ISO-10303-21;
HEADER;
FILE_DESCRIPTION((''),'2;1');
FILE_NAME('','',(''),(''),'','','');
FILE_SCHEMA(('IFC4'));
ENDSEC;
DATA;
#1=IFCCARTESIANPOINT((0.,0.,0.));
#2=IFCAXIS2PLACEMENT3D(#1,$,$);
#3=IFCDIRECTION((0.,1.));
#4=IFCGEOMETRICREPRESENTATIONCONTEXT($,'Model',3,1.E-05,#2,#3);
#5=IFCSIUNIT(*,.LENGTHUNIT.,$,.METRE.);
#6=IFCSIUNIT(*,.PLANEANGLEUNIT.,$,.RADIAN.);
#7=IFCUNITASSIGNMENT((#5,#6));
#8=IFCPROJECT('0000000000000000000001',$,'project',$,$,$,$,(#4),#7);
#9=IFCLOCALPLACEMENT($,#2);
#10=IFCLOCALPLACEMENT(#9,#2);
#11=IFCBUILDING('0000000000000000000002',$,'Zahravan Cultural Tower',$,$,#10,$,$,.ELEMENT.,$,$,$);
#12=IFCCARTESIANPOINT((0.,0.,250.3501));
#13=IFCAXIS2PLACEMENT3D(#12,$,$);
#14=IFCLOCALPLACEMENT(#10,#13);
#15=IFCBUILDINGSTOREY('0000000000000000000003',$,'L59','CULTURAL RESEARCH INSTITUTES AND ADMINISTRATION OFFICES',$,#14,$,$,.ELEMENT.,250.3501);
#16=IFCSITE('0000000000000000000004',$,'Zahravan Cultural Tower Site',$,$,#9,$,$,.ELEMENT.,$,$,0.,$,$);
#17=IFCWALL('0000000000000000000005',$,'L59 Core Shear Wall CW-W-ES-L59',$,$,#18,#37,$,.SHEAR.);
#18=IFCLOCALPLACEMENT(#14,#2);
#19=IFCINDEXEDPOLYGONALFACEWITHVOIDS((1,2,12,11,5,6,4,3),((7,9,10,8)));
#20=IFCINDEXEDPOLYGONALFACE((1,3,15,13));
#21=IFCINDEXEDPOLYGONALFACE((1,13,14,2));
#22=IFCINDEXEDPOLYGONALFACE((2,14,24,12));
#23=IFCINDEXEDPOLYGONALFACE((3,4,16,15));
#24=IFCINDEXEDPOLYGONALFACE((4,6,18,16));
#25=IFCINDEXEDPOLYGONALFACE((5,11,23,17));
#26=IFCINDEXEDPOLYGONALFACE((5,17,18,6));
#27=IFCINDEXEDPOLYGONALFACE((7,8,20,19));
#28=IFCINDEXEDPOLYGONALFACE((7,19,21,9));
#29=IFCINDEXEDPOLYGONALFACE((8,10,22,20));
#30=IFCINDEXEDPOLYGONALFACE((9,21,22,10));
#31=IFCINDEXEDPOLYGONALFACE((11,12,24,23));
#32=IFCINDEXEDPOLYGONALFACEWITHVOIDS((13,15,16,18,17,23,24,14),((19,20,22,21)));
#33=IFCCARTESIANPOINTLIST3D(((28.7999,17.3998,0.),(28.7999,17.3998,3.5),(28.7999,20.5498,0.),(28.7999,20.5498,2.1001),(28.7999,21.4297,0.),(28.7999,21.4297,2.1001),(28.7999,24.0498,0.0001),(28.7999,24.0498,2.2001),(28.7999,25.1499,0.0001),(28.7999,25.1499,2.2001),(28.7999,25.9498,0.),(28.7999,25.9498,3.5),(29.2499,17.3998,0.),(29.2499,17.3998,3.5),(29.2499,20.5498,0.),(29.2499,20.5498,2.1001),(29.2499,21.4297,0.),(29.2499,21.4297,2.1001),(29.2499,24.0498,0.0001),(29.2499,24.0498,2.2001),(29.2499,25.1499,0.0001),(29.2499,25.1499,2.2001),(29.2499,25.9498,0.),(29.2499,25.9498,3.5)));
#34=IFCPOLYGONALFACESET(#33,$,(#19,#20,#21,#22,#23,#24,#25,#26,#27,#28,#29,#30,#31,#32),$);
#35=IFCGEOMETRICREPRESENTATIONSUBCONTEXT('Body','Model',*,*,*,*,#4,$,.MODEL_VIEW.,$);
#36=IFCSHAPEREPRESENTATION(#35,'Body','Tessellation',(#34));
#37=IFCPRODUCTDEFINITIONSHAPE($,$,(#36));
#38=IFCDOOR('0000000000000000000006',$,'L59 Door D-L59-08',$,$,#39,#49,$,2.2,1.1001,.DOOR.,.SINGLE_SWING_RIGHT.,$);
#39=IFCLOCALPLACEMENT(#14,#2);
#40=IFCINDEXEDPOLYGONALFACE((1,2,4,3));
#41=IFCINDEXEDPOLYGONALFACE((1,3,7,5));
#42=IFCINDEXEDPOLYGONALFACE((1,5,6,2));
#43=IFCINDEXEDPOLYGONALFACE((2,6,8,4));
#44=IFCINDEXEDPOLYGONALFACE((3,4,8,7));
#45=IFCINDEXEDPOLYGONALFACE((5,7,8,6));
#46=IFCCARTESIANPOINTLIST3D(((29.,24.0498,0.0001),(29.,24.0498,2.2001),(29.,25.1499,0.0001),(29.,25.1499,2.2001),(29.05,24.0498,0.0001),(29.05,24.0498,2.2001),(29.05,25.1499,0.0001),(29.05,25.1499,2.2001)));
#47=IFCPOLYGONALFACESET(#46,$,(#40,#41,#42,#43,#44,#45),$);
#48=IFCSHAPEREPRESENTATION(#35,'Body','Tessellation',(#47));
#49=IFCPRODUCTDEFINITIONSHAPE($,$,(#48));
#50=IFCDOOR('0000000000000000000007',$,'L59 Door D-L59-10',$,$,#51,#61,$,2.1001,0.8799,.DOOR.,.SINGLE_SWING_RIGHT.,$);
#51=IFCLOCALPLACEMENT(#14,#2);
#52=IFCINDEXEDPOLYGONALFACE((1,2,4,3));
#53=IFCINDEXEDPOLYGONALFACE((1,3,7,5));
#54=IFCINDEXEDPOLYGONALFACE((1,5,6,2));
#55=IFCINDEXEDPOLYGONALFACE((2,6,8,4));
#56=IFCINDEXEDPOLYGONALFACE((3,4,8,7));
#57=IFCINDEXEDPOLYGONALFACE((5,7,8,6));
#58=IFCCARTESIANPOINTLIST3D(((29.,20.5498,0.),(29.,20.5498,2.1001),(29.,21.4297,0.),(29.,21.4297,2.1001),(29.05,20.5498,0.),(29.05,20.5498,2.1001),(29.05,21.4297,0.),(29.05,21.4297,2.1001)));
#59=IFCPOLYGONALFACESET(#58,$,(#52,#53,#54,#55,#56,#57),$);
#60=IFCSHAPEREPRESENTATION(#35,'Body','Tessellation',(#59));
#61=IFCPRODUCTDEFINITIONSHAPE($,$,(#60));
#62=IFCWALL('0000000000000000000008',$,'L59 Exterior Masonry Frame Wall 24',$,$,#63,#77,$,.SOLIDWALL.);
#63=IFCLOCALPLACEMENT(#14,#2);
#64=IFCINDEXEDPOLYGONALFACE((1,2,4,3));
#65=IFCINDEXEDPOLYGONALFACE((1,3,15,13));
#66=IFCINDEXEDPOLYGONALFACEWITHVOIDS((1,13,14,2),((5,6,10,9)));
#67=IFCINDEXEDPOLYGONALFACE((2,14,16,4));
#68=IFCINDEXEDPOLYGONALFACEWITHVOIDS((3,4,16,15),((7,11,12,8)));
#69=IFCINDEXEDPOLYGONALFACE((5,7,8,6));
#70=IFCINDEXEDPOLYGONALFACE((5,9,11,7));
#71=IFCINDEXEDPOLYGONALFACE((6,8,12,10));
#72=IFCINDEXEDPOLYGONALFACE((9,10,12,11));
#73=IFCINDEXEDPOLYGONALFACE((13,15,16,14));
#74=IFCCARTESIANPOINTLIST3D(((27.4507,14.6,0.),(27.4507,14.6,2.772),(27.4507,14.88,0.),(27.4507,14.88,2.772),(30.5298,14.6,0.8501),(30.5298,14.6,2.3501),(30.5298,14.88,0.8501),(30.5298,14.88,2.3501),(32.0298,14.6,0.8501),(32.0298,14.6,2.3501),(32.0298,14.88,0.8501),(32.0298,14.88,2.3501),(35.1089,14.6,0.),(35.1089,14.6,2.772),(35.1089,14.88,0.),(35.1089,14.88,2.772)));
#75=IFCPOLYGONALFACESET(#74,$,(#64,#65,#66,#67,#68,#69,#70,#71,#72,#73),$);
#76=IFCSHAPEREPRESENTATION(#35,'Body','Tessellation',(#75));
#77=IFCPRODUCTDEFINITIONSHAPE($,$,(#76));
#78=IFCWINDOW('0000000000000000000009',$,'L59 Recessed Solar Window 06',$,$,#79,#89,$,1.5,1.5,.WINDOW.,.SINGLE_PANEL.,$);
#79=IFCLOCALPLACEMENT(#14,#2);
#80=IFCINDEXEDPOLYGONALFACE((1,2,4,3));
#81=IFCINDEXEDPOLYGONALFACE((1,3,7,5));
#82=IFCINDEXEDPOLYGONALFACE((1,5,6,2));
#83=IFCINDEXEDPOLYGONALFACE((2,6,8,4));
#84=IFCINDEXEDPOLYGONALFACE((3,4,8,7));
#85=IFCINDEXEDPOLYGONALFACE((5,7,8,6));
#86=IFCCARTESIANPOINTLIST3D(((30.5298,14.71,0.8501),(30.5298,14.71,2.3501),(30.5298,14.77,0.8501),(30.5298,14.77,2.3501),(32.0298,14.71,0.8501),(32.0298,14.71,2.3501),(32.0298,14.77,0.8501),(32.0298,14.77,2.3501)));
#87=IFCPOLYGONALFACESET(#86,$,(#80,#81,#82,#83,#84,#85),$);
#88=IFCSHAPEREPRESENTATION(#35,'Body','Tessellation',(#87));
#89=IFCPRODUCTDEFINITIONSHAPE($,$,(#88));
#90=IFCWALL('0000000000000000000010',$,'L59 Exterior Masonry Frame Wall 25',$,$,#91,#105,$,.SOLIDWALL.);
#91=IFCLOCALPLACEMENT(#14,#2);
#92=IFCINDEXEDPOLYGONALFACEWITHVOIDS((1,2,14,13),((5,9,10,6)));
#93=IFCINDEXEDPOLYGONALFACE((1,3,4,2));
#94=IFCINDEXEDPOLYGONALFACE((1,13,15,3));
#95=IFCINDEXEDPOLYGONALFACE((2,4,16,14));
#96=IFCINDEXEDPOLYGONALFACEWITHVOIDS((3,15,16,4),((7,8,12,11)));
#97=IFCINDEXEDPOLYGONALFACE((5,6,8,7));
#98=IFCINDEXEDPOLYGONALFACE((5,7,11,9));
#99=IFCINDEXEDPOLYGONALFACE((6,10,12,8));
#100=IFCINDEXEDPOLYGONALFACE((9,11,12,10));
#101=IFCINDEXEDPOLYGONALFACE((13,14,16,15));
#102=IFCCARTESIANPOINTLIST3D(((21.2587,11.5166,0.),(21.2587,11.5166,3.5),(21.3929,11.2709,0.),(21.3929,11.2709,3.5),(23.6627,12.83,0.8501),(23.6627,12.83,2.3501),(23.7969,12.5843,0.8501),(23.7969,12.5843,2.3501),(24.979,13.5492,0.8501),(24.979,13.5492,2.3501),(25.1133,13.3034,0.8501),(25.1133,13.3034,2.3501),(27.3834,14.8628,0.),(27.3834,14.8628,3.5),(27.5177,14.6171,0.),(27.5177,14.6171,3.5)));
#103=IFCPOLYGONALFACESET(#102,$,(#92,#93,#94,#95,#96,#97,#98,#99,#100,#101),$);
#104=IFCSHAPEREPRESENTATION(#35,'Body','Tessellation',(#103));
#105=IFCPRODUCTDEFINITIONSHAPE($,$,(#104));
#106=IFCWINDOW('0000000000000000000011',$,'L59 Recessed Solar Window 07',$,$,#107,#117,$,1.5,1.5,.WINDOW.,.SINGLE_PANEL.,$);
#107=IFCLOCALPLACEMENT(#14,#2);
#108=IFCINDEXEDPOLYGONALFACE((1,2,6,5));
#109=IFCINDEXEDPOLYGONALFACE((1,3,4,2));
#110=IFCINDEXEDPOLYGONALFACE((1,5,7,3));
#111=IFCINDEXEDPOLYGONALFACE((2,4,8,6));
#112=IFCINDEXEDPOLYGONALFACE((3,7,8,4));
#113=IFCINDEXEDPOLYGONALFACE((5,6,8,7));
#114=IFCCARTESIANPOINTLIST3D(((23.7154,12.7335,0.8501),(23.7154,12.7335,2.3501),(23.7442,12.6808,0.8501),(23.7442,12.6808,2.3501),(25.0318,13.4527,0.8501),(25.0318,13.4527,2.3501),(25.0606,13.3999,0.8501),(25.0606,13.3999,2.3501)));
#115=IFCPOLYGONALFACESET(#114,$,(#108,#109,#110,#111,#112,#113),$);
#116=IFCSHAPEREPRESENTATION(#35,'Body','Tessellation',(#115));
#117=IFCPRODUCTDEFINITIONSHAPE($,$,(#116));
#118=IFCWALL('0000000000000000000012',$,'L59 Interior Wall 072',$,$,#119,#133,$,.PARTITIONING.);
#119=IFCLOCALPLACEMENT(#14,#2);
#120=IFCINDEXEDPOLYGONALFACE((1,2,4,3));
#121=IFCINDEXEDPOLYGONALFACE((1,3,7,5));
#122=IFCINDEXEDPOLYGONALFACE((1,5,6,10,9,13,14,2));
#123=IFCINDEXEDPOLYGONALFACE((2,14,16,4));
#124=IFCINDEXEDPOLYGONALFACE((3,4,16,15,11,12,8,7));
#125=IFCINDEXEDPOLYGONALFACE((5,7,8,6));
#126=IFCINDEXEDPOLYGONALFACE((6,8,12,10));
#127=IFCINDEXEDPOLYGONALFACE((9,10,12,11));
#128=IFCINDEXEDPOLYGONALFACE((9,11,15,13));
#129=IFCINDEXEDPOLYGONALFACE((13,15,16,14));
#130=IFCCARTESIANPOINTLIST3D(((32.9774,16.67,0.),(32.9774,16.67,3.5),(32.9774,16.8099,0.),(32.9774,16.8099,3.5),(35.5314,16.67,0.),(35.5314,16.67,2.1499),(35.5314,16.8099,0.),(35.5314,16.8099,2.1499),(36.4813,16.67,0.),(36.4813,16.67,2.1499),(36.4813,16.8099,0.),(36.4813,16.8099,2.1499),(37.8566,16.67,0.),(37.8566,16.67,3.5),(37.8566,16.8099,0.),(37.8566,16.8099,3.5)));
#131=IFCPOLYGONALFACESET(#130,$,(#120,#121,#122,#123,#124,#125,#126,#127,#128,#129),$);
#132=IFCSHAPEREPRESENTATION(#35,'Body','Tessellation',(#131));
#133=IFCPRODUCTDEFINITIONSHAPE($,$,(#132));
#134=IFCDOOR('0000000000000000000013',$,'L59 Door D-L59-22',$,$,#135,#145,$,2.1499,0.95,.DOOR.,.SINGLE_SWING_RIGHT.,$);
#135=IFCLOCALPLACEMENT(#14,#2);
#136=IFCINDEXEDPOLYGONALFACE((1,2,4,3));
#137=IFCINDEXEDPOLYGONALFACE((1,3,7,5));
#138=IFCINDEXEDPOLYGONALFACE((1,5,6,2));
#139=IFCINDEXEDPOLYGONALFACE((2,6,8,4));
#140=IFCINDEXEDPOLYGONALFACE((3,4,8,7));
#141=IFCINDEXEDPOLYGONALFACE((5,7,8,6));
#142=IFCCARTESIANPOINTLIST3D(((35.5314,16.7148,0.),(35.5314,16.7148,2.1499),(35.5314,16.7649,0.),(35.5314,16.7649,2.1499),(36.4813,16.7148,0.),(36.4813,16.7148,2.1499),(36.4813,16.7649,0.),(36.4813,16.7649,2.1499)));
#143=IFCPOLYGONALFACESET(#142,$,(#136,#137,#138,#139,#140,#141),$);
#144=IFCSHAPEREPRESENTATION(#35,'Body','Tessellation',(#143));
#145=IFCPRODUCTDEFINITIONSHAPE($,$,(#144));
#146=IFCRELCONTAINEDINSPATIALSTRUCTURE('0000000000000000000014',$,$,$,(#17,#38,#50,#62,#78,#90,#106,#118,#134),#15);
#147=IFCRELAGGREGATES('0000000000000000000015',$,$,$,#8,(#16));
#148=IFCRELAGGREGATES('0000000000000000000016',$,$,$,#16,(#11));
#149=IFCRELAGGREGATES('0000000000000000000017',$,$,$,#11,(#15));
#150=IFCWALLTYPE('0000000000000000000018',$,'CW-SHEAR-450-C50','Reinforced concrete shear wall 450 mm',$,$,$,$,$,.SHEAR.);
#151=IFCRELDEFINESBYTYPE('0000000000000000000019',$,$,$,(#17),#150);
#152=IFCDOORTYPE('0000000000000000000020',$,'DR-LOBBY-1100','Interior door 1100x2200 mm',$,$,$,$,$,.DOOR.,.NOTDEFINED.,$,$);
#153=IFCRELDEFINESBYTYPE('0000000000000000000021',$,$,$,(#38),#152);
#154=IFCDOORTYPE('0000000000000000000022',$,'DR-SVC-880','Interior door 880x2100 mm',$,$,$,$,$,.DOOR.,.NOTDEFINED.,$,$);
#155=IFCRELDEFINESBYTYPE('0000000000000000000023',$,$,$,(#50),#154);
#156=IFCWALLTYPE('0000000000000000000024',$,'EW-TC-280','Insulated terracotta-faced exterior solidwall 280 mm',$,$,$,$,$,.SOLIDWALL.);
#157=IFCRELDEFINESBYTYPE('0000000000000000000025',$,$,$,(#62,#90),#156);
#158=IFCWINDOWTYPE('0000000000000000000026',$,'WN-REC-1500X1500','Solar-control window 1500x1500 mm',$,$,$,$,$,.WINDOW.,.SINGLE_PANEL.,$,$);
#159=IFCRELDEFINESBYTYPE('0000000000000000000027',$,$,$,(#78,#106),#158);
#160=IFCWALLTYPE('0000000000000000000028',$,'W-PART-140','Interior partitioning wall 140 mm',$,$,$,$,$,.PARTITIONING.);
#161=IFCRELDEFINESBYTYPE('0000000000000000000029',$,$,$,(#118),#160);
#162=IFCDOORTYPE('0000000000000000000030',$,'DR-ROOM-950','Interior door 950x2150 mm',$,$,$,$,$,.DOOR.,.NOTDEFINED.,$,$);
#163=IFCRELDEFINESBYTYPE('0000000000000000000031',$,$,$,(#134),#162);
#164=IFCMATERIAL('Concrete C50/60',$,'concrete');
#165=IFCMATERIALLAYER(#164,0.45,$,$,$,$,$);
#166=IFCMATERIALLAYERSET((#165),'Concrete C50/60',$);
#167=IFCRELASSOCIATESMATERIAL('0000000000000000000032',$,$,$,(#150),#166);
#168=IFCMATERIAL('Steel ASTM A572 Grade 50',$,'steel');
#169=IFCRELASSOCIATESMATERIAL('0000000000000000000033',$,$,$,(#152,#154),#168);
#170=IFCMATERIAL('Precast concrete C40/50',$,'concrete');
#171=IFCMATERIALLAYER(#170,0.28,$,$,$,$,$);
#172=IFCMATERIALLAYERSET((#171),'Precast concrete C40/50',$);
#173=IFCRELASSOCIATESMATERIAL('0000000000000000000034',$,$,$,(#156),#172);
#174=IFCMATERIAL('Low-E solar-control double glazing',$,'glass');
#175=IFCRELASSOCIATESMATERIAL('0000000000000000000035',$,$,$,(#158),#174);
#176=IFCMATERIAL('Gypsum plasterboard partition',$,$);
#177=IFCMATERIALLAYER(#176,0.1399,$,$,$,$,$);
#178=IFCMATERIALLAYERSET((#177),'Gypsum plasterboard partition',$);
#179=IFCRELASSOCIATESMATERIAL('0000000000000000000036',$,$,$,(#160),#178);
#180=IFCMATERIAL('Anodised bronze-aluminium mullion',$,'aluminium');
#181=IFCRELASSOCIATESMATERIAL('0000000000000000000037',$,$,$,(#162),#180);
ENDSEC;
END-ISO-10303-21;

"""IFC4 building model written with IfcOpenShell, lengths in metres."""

from ifc_helpers import new_model, si_unit, direction, frame, frame_2d, origin, place, context, subcontext, project, spatial, rectangle, extrude, source, transform, mapped, material, layer, layer_set, type_object, element, fill, save


model = new_model("IFC4")

# Units and contexts
model_context = context("Model", 3, precision=1e-05, world=origin(), true_north=direction((0.0, 1.0)))
body_context = subcontext(model_context, "Body", "Model", "MODEL_VIEW")
ifc_project = project(units=[si_unit("LENGTHUNIT", "METRE"), si_unit("PLANEANGLEUNIT", "RADIAN")], contexts=[model_context])

# Site, building, storey
site_placement = place(None, origin())
site = spatial("IfcSite", under=ifc_project, at=site_placement, Name="Zahravan Cultural Tower Site", CompositionType="ELEMENT", RefElevation=0.0)
building_placement = place(site_placement, origin())
building = spatial("IfcBuilding", under=site, at=building_placement, Name="Zahravan Cultural Tower", CompositionType="ELEMENT")
storey_placement = place(building_placement, frame((0.0, 0.0, 250.3501)))
storey = spatial("IfcBuildingStorey", under=building, at=storey_placement, Name="L59", Description="CULTURAL RESEARCH INSTITUTES AND ADMINISTRATION OFFICES", CompositionType="ELEMENT", Elevation=250.3501)

# Shared definitions
ifc_material_1 = material(Name="Concrete C50/60", Category="concrete")

# Wall, openings, doors
ifc_layer_1 = layer(ifc_material_1, 0.45)
ifc_layer_set_1 = layer_set([ifc_layer_1], Name="Concrete C50/60")
wall_type_1 = type_object("IfcWallType", Name="CW-SHEAR-450-C50", Description="Reinforced concrete shear wall 450 mm", PredefinedType="SHEAR", material=ifc_layer_set_1)
wall_1_placement = place(storey_placement, frame((29.0249, 17.3999, 0.0), z_axis=(0.0, 0.0, 1.0), x_axis=(0.0, 1.0, 0.0)))
wall_1 = element("IfcWall", 1, at=wall_1_placement, inside=storey, type_object=wall_type_1, Name="L59 Core Shear Wall CW-W-ES-L59", PredefinedType="SHEAR", context=body_context, shape_type="SweptSolid", body=[
    extrude(rectangle(XDim=8.55, YDim=0.45, at=frame_2d((4.2749, 0.0))), origin(), (0.0, 0.0, 1.0), 3.5),
])
opening_1_placement = place(wall_1_placement, frame((6.6499, 0.0, 0.0)))
opening_1 = element("IfcOpeningElement", 2, at=opening_1_placement, cuts=wall_1, PredefinedType="OPENING", context=body_context, shape_type="SweptSolid", body=[
    extrude(rectangle(XDim=1.1001, YDim=2.2, at=frame_2d((0.55, 1.1001))), frame((0.0, 0.2349, 0.0), z_axis=(0.0, -1.0, 0.0), x_axis=(1.0, 0.0, 0.0)), (0.0, 0.0, 1.0), 0.47),
])
opening_2_placement = place(wall_1_placement, frame((3.1499, 0.0, 0.0)))
opening_2 = element("IfcOpeningElement", 3, at=opening_2_placement, cuts=wall_1, PredefinedType="OPENING", context=body_context, shape_type="SweptSolid", body=[
    extrude(rectangle(XDim=0.8799, YDim=2.1001, at=frame_2d((0.4399, 1.05))), frame((0.0, 0.2349, 0.0), z_axis=(0.0, -1.0, 0.0), x_axis=(1.0, 0.0, 0.0)), (0.0, 0.0, 1.0), 0.47),
])
ifc_material_2 = material(Name="Steel ASTM A572 Grade 50", Category="steel")
door_type_1 = type_object("IfcDoorType", Name="DR-LOBBY-1100", Description="Interior door 1100x2200 mm", OperationType="NOTDEFINED", PredefinedType="DOOR", material=ifc_material_2)
shared_shape_1 = source(origin(), body_context, "Body", "SweptSolid", [
    extrude(rectangle(XDim=1.1001, YDim=2.2, at=frame_2d((0.55, 1.1001))), frame((0.0, 0.0249, 0.0), z_axis=(0.0, -1.0, 0.0), x_axis=(1.0, 0.0, 0.0)), (0.0, 0.0, 1.0), 0.05),
])
door_1_placement = place(opening_1_placement, origin())
door_1 = element("IfcDoor", 4, at=door_1_placement, inside=storey, type_object=door_type_1, Name="L59 Door D-L59-08", OperationType="SINGLE_SWING_RIGHT", OverallHeight=2.2, OverallWidth=1.1001, PredefinedType="DOOR", context=body_context, shape_type="MappedRepresentation", body=[
    mapped(shared_shape_1, transform((0.0, 0.0, 0.0), x_axis=(1.0, 0.0, 0.0), y_axis=(0.0, 1.0, 0.0), z_axis=(0.0, 0.0, 1.0), scale=1.0)),
])
fill(opening_1, door_1)
door_type_2 = type_object("IfcDoorType", Name="DR-SVC-880", Description="Interior door 880x2100 mm", OperationType="NOTDEFINED", PredefinedType="DOOR", material=ifc_material_2)
shared_shape_2 = source(origin(), body_context, "Body", "SweptSolid", [
    extrude(rectangle(XDim=0.8799, YDim=2.1001, at=frame_2d((0.4399, 1.05))), frame((0.0, 0.0249, 0.0), z_axis=(0.0, -1.0, 0.0), x_axis=(1.0, 0.0, 0.0)), (0.0, 0.0, 1.0), 0.05),
])
door_2_placement = place(opening_2_placement, origin())
door_2 = element("IfcDoor", 5, at=door_2_placement, inside=storey, type_object=door_type_2, Name="L59 Door D-L59-10", OperationType="SINGLE_SWING_RIGHT", OverallHeight=2.1001, OverallWidth=0.8799, PredefinedType="DOOR", context=body_context, shape_type="MappedRepresentation", body=[
    mapped(shared_shape_2, transform((0.0, 0.0, 0.0), x_axis=(1.0, 0.0, 0.0), y_axis=(0.0, 1.0, 0.0), z_axis=(0.0, 0.0, 1.0), scale=1.0)),
])
fill(opening_2, door_2)

# Walls, openings, windows
ifc_material_3 = material(Name="Precast concrete C40/50", Category="concrete")
ifc_layer_2 = layer(ifc_material_3, 0.28)
ifc_layer_set_2 = layer_set([ifc_layer_2], Name="Precast concrete C40/50")
wall_type_2 = type_object("IfcWallType", Name="EW-TC-280", Description="Insulated terracotta-faced exterior solidwall 280 mm", PredefinedType="SOLIDWALL", material=ifc_layer_set_2)
wall_2_placement = place(storey_placement, frame((35.1089, 14.74, 0.0), z_axis=(0.0, 0.0, 1.0), x_axis=(-1.0, 0.0, 0.0)))
wall_2 = element("IfcWall", 6, at=wall_2_placement, inside=storey, type_object=wall_type_2, Name="L59 Exterior Masonry Frame Wall 24", PredefinedType="SOLIDWALL", context=body_context, shape_type="SweptSolid", body=[
    extrude(rectangle(XDim=7.6582, YDim=0.28, at=frame_2d((3.8291, 0.0))), origin(), (0.0, 0.0, 1.0), 2.772),
])
opening_3_placement = place(wall_2_placement, frame((3.0791, 0.0, 0.8501)))
opening_3 = element("IfcOpeningElement", 7, at=opening_3_placement, cuts=wall_2, PredefinedType="OPENING", context=body_context, shape_type="SweptSolid", body=[
    extrude(rectangle(XDim=1.5, YDim=1.5, at=frame_2d((0.75, 0.75))), frame((0.0, 0.1499, 0.0), z_axis=(0.0, -1.0, 0.0), x_axis=(1.0, 0.0, 0.0)), (0.0, 0.0, 1.0), 0.3),
])
ifc_material_4 = material(Name="Low-E solar-control double glazing", Category="glass")
window_type = type_object("IfcWindowType", Name="WN-REC-1500X1500", Description="Solar-control window 1500x1500 mm", PartitioningType="SINGLE_PANEL", PredefinedType="WINDOW", material=ifc_material_4)
shared_shape_3 = source(origin(), body_context, "Body", "SweptSolid", [
    extrude(rectangle(XDim=1.5, YDim=1.5, at=frame_2d((0.75, 0.75))), frame((0.0, 0.03, 0.0), z_axis=(0.0, -1.0, 0.0), x_axis=(1.0, 0.0, 0.0)), (0.0, 0.0, 1.0), 0.0601),
])
window_1_placement = place(opening_3_placement, origin())
window_1 = element("IfcWindow", 8, at=window_1_placement, inside=storey, type_object=window_type, Name="L59 Recessed Solar Window 06", OverallHeight=1.5, OverallWidth=1.5, PartitioningType="SINGLE_PANEL", PredefinedType="WINDOW", context=body_context, shape_type="MappedRepresentation", body=[
    mapped(shared_shape_3, transform((0.0, 0.0, 0.0), x_axis=(1.0, 0.0, 0.0), y_axis=(0.0, 1.0, 0.0), z_axis=(0.0, 0.0, 1.0), scale=1.0)),
])
fill(opening_3, window_1)
wall_3_placement = place(storey_placement, frame((27.4507, 14.74, 0.0), z_axis=(0.0, 0.0, 1.0), x_axis=(-0.877569, -0.47945, 0.0)))
wall_3 = element("IfcWall", 9, at=wall_3_placement, inside=storey, type_object=wall_type_2, Name="L59 Exterior Masonry Frame Wall 25", PredefinedType="SOLIDWALL", context=body_context, shape_type="SweptSolid", body=[
    extrude(rectangle(XDim=6.9792, YDim=0.28, at=frame_2d((3.4897, 0.0))), origin(), (0.0, 0.0, 1.0), 3.5),
])
opening_4_placement = place(wall_3_placement, frame((2.74, 0.0, 0.8501)))
opening_4 = element("IfcOpeningElement", 10, at=opening_4_placement, cuts=wall_3, PredefinedType="OPENING", context=body_context, shape_type="SweptSolid", body=[
    extrude(rectangle(XDim=1.5, YDim=1.5, at=frame_2d((0.75, 0.75))), frame((0.0, 0.1499, 0.0), z_axis=(0.0, -1.0, 0.0), x_axis=(1.0, 0.0, 0.0)), (0.0, 0.0, 1.0), 0.3),
])
window_2_placement = place(opening_4_placement, origin())
window_2 = element("IfcWindow", 11, at=window_2_placement, inside=storey, type_object=window_type, Name="L59 Recessed Solar Window 07", OverallHeight=1.5, OverallWidth=1.5, PartitioningType="SINGLE_PANEL", PredefinedType="WINDOW", context=body_context, shape_type="MappedRepresentation", body=[
    mapped(shared_shape_3, transform((0.0, 0.0, 0.0), x_axis=(1.0, 0.0, 0.0), y_axis=(0.0, 1.0, 0.0), z_axis=(0.0, 0.0, 1.0), scale=1.0)),
])
fill(opening_4, window_2)

# Wall, opening, door
ifc_material_5 = material(Name="Gypsum plasterboard partition")
ifc_layer_3 = layer(ifc_material_5, 0.1399)
ifc_layer_set_3 = layer_set([ifc_layer_3], Name="Gypsum plasterboard partition")
wall_type_3 = type_object("IfcWallType", Name="W-PART-140", Description="Interior partitioning wall 140 mm", PredefinedType="PARTITIONING", material=ifc_layer_set_3)
wall_4_placement = place(storey_placement, frame((32.9775, 16.74, 0.0), z_axis=(0.0, 0.0, 1.0), x_axis=(1.0, 0.0, 0.0)))
wall_4 = element("IfcWall", 12, at=wall_4_placement, inside=storey, type_object=wall_type_3, Name="L59 Interior Wall 072", PredefinedType="PARTITIONING", context=body_context, shape_type="SweptSolid", body=[
    extrude(rectangle(XDim=4.8792, YDim=0.1399, at=frame_2d((2.4395, 0.0))), origin(), (0.0, 0.0, 1.0), 3.5),
])
opening_5_placement = place(wall_4_placement, frame((2.5537, 0.0, 0.0)))
opening_5 = element("IfcOpeningElement", 13, at=opening_5_placement, cuts=wall_4, PredefinedType="OPENING", context=body_context, shape_type="SweptSolid", body=[
    extrude(rectangle(XDim=0.95, YDim=2.1499, at=frame_2d((0.4751, 1.075))), frame((0.0, 0.0798, 0.0), z_axis=(0.0, -1.0, 0.0), x_axis=(1.0, 0.0, 0.0)), (0.0, 0.0, 1.0), 0.1599),
])
ifc_material_6 = material(Name="Anodised bronze-aluminium mullion", Category="aluminium")
door_type_3 = type_object("IfcDoorType", Name="DR-ROOM-950", Description="Interior door 950x2150 mm", OperationType="NOTDEFINED", PredefinedType="DOOR", material=ifc_material_6)
shared_shape_4 = source(origin(), body_context, "Body", "SweptSolid", [
    extrude(rectangle(XDim=0.95, YDim=2.1499, at=frame_2d((0.4751, 1.075))), frame((0.0, 0.0249, 0.0), z_axis=(0.0, -1.0, 0.0), x_axis=(1.0, 0.0, 0.0)), (0.0, 0.0, 1.0), 0.05),
])
door_3_placement = place(opening_5_placement, origin())
door_3 = element("IfcDoor", 14, at=door_3_placement, inside=storey, type_object=door_type_3, Name="L59 Door D-L59-22", OperationType="SINGLE_SWING_RIGHT", OverallHeight=2.1499, OverallWidth=0.95, PredefinedType="DOOR", context=body_context, shape_type="MappedRepresentation", body=[
    mapped(shared_shape_4, transform((0.0, 0.0, 0.0), x_axis=(1.0, 0.0, 0.0), y_axis=(0.0, 1.0, 0.0), z_axis=(0.0, 0.0, 1.0), scale=1.0)),
])
fill(opening_5, door_3)

save(model, "model.ifc")
